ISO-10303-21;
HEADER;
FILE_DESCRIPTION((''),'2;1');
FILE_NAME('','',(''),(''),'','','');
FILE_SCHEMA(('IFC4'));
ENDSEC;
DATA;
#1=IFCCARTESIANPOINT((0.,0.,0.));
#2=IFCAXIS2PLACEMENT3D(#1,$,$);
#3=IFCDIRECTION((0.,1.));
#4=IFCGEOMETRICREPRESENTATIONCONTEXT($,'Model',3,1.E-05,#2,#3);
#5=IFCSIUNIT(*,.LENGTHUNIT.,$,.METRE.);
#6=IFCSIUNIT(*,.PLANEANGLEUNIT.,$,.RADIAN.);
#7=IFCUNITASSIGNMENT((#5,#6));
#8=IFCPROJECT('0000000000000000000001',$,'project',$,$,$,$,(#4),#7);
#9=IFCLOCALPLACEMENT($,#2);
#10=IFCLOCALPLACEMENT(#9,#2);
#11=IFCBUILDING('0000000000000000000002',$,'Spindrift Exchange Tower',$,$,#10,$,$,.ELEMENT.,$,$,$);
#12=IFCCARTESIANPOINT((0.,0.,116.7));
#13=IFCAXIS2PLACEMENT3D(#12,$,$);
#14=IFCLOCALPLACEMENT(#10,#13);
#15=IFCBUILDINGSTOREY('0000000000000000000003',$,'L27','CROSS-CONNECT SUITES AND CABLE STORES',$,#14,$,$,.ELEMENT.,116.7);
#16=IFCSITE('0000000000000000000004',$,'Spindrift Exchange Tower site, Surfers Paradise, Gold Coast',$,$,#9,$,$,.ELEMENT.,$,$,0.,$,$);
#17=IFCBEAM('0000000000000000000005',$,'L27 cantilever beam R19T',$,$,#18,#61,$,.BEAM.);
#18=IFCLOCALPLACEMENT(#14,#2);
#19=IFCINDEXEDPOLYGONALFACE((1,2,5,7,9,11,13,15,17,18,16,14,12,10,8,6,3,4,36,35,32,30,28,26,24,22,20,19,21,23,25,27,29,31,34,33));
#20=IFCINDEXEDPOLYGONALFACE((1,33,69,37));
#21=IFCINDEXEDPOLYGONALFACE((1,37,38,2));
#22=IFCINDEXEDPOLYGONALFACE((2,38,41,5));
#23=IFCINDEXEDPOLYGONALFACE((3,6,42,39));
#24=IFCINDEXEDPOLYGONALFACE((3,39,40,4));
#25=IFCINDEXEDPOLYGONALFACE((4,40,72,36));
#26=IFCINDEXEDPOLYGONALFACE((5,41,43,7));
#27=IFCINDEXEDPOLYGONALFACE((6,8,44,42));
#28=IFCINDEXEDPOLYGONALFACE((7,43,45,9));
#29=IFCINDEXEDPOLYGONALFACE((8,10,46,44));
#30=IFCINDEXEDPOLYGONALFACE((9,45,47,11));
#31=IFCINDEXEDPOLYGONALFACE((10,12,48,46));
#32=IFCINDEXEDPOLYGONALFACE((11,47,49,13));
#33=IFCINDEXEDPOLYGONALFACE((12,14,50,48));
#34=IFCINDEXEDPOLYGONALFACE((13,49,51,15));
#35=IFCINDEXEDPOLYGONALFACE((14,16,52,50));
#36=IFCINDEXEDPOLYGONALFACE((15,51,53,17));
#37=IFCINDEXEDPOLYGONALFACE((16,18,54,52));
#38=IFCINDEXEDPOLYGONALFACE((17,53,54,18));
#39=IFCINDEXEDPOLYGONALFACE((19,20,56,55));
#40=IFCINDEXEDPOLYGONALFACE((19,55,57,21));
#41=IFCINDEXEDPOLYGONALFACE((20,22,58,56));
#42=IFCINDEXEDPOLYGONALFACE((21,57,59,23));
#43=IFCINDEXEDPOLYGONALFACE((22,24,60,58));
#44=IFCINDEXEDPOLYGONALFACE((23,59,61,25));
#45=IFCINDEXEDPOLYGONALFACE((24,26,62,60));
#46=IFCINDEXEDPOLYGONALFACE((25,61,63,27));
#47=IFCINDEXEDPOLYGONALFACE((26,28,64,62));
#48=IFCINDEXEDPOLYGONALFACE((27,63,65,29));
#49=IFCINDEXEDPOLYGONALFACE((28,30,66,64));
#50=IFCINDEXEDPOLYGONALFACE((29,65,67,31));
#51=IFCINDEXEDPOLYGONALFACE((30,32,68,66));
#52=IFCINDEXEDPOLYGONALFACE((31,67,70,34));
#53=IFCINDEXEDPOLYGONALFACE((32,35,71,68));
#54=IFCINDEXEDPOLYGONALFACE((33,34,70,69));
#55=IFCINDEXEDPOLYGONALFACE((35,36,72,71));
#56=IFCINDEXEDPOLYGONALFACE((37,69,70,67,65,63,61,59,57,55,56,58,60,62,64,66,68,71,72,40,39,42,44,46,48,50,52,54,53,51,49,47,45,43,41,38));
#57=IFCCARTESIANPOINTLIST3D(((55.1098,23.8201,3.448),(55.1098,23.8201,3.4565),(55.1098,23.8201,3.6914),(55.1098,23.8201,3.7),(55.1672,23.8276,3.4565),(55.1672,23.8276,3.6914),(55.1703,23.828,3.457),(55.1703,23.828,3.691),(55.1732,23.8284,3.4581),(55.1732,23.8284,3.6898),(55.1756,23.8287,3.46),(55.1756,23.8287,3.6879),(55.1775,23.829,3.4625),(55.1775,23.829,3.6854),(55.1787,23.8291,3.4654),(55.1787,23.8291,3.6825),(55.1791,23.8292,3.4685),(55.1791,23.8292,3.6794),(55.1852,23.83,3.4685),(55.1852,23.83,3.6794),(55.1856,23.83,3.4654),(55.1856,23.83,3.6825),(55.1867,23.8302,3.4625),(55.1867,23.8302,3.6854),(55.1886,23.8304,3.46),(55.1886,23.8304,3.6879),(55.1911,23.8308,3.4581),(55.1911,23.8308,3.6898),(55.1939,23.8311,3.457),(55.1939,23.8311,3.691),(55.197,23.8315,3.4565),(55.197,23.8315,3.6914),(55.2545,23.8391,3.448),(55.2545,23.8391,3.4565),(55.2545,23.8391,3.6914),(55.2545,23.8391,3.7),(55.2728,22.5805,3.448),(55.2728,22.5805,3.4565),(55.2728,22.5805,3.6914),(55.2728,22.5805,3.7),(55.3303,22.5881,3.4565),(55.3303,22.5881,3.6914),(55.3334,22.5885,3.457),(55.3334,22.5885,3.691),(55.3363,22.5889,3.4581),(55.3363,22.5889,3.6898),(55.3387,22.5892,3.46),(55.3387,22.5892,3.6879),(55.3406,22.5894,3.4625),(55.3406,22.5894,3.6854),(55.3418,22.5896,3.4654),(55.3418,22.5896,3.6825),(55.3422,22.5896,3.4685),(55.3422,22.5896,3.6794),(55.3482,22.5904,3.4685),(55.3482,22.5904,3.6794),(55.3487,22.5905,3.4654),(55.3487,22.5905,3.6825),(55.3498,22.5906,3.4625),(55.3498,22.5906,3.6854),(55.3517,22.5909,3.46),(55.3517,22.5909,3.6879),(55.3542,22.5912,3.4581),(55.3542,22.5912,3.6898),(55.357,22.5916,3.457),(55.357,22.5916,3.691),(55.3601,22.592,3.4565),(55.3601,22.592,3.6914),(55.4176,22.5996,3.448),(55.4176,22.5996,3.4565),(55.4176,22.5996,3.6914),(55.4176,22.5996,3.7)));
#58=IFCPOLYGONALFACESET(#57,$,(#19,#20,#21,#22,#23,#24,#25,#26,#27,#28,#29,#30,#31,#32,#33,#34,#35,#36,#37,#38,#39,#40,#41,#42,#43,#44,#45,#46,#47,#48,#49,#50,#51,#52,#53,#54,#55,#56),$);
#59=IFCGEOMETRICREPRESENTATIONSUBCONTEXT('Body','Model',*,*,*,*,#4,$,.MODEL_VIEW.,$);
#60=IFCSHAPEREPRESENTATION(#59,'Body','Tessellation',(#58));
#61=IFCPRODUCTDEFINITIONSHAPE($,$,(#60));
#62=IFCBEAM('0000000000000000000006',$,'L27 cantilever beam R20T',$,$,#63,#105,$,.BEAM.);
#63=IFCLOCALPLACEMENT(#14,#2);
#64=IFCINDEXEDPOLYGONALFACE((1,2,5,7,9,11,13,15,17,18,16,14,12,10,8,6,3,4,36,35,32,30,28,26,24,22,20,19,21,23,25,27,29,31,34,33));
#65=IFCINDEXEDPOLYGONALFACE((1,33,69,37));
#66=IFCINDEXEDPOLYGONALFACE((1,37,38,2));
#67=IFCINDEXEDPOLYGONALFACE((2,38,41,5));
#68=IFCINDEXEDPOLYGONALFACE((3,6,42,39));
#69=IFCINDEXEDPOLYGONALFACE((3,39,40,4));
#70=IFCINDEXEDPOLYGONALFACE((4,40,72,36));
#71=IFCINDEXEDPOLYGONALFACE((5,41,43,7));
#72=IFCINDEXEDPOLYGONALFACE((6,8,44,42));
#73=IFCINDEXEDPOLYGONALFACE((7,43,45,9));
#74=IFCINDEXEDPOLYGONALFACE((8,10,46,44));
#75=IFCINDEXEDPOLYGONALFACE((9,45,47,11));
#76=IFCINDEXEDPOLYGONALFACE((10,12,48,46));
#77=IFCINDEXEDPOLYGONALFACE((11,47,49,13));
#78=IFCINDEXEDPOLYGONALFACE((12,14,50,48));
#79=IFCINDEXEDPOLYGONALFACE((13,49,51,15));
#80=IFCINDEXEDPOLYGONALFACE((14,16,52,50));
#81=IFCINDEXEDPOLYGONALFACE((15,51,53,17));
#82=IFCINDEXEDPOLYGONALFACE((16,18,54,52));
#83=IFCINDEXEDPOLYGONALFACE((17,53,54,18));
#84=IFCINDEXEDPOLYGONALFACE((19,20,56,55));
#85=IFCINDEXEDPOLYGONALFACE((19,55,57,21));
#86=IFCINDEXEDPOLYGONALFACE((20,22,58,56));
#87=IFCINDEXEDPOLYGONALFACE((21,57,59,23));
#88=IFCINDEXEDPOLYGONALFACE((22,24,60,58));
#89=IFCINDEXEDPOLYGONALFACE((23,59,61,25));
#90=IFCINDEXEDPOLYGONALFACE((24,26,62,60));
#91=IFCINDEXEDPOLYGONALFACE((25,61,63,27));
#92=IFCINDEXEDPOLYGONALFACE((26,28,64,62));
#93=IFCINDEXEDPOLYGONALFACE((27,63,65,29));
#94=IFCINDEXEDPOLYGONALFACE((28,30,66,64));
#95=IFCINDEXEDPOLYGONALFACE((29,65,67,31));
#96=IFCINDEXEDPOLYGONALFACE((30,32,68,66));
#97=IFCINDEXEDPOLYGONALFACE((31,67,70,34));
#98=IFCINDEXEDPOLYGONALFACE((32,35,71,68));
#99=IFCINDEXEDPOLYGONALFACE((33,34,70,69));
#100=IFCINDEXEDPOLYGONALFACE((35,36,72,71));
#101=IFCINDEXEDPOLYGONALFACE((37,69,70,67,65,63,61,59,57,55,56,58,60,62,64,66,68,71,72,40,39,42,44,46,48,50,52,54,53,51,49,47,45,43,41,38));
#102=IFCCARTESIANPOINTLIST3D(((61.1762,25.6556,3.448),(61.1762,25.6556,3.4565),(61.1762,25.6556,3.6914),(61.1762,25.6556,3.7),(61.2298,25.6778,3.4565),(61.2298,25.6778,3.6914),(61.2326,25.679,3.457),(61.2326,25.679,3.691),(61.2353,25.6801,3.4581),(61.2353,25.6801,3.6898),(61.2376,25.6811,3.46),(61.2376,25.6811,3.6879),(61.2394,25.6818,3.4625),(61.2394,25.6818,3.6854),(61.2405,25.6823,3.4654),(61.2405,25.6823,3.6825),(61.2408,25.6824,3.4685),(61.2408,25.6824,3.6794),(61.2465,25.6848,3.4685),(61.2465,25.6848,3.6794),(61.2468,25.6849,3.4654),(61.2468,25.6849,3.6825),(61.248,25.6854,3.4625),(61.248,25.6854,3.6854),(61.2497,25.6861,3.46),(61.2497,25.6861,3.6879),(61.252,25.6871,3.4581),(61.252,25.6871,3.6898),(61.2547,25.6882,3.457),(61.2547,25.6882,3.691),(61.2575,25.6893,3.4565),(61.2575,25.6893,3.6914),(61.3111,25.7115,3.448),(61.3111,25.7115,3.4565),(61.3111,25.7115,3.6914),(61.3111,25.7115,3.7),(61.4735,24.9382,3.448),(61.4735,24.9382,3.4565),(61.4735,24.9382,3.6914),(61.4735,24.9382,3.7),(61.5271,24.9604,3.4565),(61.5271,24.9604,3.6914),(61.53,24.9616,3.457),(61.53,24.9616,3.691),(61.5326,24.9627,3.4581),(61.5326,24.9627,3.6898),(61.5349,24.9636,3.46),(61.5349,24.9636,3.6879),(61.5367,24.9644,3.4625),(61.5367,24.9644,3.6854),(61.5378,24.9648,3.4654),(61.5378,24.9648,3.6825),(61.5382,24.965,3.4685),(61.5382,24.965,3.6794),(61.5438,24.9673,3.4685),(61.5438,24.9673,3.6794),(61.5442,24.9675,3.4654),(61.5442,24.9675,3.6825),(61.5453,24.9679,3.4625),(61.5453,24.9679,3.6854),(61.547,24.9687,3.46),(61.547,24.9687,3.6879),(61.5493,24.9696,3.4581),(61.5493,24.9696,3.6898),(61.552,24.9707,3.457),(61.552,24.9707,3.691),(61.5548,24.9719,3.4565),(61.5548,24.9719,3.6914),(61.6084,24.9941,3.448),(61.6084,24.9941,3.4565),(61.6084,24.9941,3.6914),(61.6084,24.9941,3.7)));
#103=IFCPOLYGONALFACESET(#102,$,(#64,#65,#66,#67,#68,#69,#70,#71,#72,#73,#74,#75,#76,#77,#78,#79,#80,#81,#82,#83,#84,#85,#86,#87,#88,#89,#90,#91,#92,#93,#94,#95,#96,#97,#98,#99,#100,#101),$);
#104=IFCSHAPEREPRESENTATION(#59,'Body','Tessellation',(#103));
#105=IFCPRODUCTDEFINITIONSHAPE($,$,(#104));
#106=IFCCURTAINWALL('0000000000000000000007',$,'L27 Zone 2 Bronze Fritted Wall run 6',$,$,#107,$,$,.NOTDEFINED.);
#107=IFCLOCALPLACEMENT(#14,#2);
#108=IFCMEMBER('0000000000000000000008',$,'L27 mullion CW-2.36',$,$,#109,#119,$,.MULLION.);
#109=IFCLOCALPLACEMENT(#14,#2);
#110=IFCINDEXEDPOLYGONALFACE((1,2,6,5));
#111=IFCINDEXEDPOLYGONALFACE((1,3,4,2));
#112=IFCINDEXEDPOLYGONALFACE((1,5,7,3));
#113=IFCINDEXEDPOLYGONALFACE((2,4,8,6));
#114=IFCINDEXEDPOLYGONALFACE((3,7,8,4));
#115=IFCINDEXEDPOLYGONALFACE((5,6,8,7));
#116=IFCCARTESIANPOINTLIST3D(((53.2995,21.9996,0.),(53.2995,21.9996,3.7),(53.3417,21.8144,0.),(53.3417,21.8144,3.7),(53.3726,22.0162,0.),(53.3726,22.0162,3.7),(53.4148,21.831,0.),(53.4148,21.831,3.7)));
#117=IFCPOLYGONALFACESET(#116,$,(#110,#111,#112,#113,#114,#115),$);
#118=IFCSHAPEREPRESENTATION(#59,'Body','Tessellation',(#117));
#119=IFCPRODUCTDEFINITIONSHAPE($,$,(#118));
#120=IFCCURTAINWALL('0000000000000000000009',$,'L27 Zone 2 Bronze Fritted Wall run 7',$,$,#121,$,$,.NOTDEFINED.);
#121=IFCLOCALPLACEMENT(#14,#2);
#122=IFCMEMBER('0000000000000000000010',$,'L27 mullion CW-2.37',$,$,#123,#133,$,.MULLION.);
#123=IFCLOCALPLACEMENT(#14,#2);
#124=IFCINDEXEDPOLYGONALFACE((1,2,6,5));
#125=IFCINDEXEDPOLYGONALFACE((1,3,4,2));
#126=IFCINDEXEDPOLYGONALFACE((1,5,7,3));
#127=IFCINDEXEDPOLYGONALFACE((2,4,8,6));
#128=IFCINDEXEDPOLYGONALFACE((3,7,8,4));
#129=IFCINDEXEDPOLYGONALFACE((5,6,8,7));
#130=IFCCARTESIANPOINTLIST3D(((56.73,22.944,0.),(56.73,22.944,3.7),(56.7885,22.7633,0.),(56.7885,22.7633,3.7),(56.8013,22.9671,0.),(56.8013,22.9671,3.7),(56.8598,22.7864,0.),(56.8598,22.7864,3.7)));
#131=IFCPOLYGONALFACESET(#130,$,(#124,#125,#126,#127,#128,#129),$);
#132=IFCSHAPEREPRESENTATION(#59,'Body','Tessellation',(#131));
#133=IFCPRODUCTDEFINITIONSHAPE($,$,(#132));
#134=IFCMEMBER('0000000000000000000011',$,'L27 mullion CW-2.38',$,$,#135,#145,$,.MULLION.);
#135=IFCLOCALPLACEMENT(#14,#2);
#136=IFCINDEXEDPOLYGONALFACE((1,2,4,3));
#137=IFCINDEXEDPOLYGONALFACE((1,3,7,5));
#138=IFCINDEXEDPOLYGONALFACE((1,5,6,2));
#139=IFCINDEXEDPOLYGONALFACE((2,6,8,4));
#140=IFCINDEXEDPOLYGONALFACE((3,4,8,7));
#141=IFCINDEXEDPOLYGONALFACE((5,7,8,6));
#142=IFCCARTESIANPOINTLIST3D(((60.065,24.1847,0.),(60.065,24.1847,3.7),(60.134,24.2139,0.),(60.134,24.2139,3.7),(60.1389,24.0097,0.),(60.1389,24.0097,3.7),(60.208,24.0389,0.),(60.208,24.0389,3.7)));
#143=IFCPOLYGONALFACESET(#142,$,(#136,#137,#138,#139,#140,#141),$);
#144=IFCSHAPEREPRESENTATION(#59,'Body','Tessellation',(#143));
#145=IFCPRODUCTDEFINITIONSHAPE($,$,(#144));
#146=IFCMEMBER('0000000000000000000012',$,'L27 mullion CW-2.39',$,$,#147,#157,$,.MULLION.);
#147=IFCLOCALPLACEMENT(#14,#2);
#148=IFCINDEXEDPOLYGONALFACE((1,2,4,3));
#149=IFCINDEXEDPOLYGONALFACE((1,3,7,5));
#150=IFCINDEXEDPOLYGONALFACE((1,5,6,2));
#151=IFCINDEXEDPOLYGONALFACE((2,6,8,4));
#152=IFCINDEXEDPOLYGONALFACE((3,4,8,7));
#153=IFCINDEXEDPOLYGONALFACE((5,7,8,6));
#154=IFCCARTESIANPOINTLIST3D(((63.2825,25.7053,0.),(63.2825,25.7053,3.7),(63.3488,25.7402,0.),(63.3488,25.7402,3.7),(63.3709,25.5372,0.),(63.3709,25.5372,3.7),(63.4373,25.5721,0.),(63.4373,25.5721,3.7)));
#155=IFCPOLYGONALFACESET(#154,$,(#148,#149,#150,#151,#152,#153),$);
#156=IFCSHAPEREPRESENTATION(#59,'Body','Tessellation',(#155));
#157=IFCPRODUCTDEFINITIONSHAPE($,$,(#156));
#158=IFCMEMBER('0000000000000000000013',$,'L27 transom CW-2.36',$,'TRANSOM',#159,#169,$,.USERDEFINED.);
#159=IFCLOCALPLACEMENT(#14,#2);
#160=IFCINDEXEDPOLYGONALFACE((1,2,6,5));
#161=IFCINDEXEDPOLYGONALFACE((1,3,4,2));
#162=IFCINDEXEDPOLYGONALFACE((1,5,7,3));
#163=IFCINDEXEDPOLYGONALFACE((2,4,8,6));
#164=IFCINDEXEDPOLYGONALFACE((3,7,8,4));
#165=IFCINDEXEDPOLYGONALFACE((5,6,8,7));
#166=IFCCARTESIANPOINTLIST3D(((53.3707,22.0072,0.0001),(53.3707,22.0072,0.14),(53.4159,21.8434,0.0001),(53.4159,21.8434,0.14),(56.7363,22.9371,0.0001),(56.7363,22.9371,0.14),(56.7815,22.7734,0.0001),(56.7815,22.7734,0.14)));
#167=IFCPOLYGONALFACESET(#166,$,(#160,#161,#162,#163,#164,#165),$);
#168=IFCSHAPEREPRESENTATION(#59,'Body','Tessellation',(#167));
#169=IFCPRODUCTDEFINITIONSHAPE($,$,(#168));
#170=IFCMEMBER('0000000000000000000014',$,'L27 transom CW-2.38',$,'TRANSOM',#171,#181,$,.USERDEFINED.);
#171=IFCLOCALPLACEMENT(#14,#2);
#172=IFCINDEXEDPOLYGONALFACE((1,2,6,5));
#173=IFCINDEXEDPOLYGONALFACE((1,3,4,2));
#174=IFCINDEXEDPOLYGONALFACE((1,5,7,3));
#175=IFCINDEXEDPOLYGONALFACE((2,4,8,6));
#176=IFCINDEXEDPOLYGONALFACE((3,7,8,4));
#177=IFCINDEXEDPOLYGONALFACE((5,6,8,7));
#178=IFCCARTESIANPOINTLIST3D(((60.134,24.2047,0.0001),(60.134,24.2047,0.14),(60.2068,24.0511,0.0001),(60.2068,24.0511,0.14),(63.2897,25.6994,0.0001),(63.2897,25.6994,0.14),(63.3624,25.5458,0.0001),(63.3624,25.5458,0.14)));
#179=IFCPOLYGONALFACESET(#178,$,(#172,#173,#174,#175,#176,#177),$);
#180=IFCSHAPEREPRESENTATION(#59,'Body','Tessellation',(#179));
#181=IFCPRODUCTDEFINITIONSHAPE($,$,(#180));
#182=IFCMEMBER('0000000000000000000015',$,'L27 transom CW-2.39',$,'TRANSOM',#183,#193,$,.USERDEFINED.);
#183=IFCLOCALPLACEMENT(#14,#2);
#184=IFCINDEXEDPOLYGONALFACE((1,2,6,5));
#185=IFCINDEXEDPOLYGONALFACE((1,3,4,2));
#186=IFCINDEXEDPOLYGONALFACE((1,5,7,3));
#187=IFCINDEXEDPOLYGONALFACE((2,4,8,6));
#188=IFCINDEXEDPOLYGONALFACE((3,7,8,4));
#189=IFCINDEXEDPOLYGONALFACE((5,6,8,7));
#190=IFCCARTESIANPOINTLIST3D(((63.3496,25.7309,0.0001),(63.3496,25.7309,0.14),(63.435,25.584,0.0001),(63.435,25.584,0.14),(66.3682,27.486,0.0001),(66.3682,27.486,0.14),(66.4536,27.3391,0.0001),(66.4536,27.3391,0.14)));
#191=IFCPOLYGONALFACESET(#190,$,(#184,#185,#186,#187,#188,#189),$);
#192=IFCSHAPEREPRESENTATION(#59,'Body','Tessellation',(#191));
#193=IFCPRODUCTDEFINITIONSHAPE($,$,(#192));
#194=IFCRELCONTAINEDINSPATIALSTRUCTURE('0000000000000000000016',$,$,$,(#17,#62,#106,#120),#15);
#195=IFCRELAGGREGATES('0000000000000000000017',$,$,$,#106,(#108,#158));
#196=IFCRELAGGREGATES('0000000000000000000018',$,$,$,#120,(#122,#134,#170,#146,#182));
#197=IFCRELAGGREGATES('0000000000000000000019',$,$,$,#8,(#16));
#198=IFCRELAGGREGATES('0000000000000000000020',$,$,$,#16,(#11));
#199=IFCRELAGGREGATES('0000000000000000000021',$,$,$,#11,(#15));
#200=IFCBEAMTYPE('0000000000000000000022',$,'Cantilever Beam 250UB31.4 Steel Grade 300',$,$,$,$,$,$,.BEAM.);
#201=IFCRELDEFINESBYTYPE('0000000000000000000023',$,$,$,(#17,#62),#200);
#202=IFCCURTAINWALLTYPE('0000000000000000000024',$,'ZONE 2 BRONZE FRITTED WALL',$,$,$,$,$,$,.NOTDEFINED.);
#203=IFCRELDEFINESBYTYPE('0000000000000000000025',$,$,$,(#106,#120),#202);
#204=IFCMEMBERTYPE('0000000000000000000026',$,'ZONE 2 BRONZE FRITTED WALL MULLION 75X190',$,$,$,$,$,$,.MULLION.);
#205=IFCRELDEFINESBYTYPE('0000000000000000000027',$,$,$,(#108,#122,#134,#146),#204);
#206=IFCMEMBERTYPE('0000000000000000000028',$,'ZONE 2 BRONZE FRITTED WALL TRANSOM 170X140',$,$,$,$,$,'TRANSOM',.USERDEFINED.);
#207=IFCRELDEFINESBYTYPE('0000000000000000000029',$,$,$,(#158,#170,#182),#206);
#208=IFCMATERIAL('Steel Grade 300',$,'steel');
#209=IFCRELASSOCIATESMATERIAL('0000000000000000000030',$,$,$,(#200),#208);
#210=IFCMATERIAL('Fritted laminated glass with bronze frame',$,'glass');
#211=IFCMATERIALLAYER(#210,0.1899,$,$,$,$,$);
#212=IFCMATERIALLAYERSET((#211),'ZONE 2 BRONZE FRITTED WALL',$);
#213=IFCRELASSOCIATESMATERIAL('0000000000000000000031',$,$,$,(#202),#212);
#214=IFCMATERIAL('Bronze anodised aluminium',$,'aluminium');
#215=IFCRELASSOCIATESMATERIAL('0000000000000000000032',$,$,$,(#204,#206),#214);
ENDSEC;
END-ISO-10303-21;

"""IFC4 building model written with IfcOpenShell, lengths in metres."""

from ifc_helpers import new_model, si_unit, direction, frame, origin, origin_2d, place, context, subcontext, project, spatial, rectangle, i_section, extrude, source, transform, mapped, material, layer, layer_set, material_profile, profile_set, type_object, element, aggregate, save


model = new_model("IFC4")

# Units and contexts
model_context = context("Model", 3, precision=1e-05, world=origin(), true_north=direction((0.0, 1.0)))
body_context = subcontext(model_context, "Body", "Model", "MODEL_VIEW")
ifc_project = project(units=[si_unit("LENGTHUNIT", "METRE"), si_unit("PLANEANGLEUNIT", "RADIAN")], contexts=[model_context])

# Site, building, storey
site_placement = place(None, origin())
site = spatial("IfcSite", under=ifc_project, at=site_placement, Name="Spindrift Exchange Tower site, Surfers Paradise, Gold Coast", CompositionType="ELEMENT", RefElevation=0.0)
building_placement = place(site_placement, origin())
building = spatial("IfcBuilding", under=site, at=building_placement, Name="Spindrift Exchange Tower", CompositionType="ELEMENT")
storey_placement = place(building_placement, frame((0.0, 0.0, 116.7)))
storey = spatial("IfcBuildingStorey", under=building, at=storey_placement, Name="L27", Description="CROSS-CONNECT SUITES AND CABLE STORES", CompositionType="ELEMENT", Elevation=116.7)

# Beams
ifc_material_1 = material(Name="Steel Grade 300", Category="steel")
ifc_material_profile_1 = material_profile(ifc_material_1, i_section(OverallWidth=0.146, OverallDepth=0.252, WebThickness=0.0061, FlangeThickness=0.0085, FilletRadius=0.012, at=origin_2d()), Name="250UB31.4")
ifc_profile_set_1 = profile_set([ifc_material_profile_1], Name="Steel Grade 300")
beam_type_1 = type_object("IfcBeamType", Name="Cantilever Beam 250UB31.4 Steel Grade 300", PredefinedType="BEAM", material=ifc_profile_set_1)
shared_shape_1 = source(origin(), body_context, "Body", "SweptSolid", [
    extrude(i_section(OverallWidth=0.146, OverallDepth=0.252, WebThickness=0.0061, FlangeThickness=0.0085, FilletRadius=0.012, at=origin_2d()), origin(), (0.0, 0.0, 1.0), 1.2502),
])
beam_1_placement = place(storey_placement, frame((55.1821, 23.8296, 3.574), z_axis=(0.130449, -0.991455, 0.0), x_axis=(0.991455, 0.130449, 0.0)))
element("IfcBeam", 1, at=beam_1_placement, inside=storey, type_object=beam_type_1, Name="L27 cantilever beam R19T", PredefinedType="BEAM", context=body_context, shape_type="MappedRepresentation", body=[
    mapped(shared_shape_1, transform((0.0, 0.0, 0.0), scale=1.0)),
])
shared_shape_2 = source(origin(), body_context, "Body", "SweptSolid", [
    extrude(i_section(OverallWidth=0.146, OverallDepth=0.252, WebThickness=0.0061, FlangeThickness=0.0085, FilletRadius=0.012, at=origin_2d()), origin(), (0.0, 0.0, 1.0), 0.7766),
])
beam_2_placement = place(storey_placement, frame((61.2437, 25.6836, 3.574), z_axis=(0.382851, -0.92381, 0.0), x_axis=(0.92381, 0.382851, 0.0)))
element("IfcBeam", 2, at=beam_2_placement, inside=storey, type_object=beam_type_1, Name="L27 cantilever beam R20T", PredefinedType="BEAM", context=body_context, shape_type="MappedRepresentation", body=[
    mapped(shared_shape_2, transform((0.0, 0.0, 0.0), scale=1.0)),
])

# Curtain wall, member
ifc_material_2 = material(Name="Fritted laminated glass with bronze frame", Category="glass")
ifc_layer_1 = layer(ifc_material_2, 0.1899)
ifc_layer_set_1 = layer_set([ifc_layer_1], Name="ZONE 2 BRONZE FRITTED WALL")
curtain_wall_type = type_object("IfcCurtainWallType", Name="ZONE 2 BRONZE FRITTED WALL", PredefinedType="NOTDEFINED", material=ifc_layer_set_1)
curtain_wall_1_placement = place(storey_placement, origin())
curtain_wall_1 = element("IfcCurtainWall", 3, at=curtain_wall_1_placement, inside=storey, type_object=curtain_wall_type, Name="L27 Zone 2 Bronze Fritted Wall run 6", PredefinedType="NOTDEFINED")
ifc_material_3 = material(Name="Bronze anodised aluminium", Category="aluminium")
ifc_material_profile_2 = material_profile(ifc_material_3, rectangle(XDim=0.075, YDim=0.1899, at=origin_2d()), Name="ZONE 2 BRONZE FRITTED WALL MULLION 75X190")
ifc_profile_set_2 = profile_set([ifc_material_profile_2], Name="Bronze anodised aluminium")
member_type_1 = type_object("IfcMemberType", Name="ZONE 2 BRONZE FRITTED WALL MULLION 75X190", PredefinedType="MULLION", material=ifc_profile_set_2)
shared_shape_3 = source(origin(), body_context, "Body", "SweptSolid", [
    extrude(rectangle(XDim=0.075, YDim=0.1899, at=origin_2d()), origin(), (0.0, 0.0, 1.0), 3.7),
])
member_1_placement = place(storey_placement, frame((53.3572, 21.9153, 0.0), z_axis=(0.0, 0.0, 1.0), x_axis=(0.975012, 0.222154, 0.0)))
member_1 = element("IfcMember", 4, at=member_1_placement, type_object=member_type_1, Name="L27 mullion CW-2.36", PredefinedType="MULLION", context=body_context, shape_type="MappedRepresentation", body=[
    mapped(shared_shape_3, transform((0.0, 0.0, 0.0), scale=1.0)),
])

# Curtain wall, members
curtain_wall_2_placement = place(storey_placement, origin())
curtain_wall_2 = element("IfcCurtainWall", 5, at=curtain_wall_2_placement, inside=storey, type_object=curtain_wall_type, Name="L27 Zone 2 Bronze Fritted Wall run 7", PredefinedType="NOTDEFINED")
member_2_placement = place(storey_placement, frame((56.7949, 22.8652, 0.0), z_axis=(0.0, 0.0, 1.0), x_axis=(0.951314, 0.308222, 0.0)))
member_2 = element("IfcMember", 6, at=member_2_placement, type_object=member_type_1, Name="L27 mullion CW-2.37", PredefinedType="MULLION", context=body_context, shape_type="MappedRepresentation", body=[
    mapped(shared_shape_3, transform((0.0, 0.0, 0.0), scale=1.0)),
])
member_3_placement = place(storey_placement, frame((60.1365, 24.1118, 0.0), z_axis=(0.0, 0.0, 1.0), x_axis=(0.921174, 0.389152, 0.0)))
member_3 = element("IfcMember", 7, at=member_3_placement, type_object=member_type_1, Name="L27 mullion CW-2.38", PredefinedType="MULLION", context=body_context, shape_type="MappedRepresentation", body=[
    mapped(shared_shape_3, transform((0.0, 0.0, 0.0), scale=1.0)),
])
member_4_placement = place(storey_placement, frame((63.3599, 25.6387, 0.0), z_axis=(0.0, 0.0, 1.0), x_axis=(0.884911, 0.465761, 0.0)))
member_4 = element("IfcMember", 8, at=member_4_placement, type_object=member_type_1, Name="L27 mullion CW-2.39", PredefinedType="MULLION", context=body_context, shape_type="MappedRepresentation", body=[
    mapped(shared_shape_3, transform((0.0, 0.0, 0.0), scale=1.0)),
])

# Members
ifc_material_profile_3 = material_profile(ifc_material_3, rectangle(XDim=0.1699, YDim=0.1399, at=origin_2d()), Name="ZONE 2 BRONZE FRITTED WALL TRANSOM 170X140")
ifc_profile_set_3 = profile_set([ifc_material_profile_3], Name="Bronze anodised aluminium")
member_type_2 = type_object("IfcMemberType", Name="ZONE 2 BRONZE FRITTED WALL TRANSOM 170X140", ElementType="TRANSOM", PredefinedType="USERDEFINED", material=ifc_profile_set_3)
shared_shape_4 = source(origin(), body_context, "Body", "SweptSolid", [
    extrude(rectangle(XDim=0.1699, YDim=0.1399, at=origin_2d()), origin(), (0.0, 0.0, 1.0), 3.4917),
])
member_5_placement = place(storey_placement, frame((53.3933, 21.9253, 0.0701), z_axis=(0.963881, 0.266335, 0.0), x_axis=(-0.266335, 0.963881, 0.0)))
member_5 = element("IfcMember", 9, at=member_5_placement, type_object=member_type_2, Name="L27 transom CW-2.36", ObjectType="TRANSOM", PredefinedType="USERDEFINED", context=body_context, shape_type="MappedRepresentation", body=[
    mapped(shared_shape_4, transform((0.0, 0.0, 0.0), scale=1.0)),
])
member_6_placement = place(storey_placement, frame((60.1704, 24.1279, 0.0701), z_axis=(0.903748, 0.428065, 0.0), x_axis=(-0.428065, 0.903748, 0.0)))
member_6 = element("IfcMember", 10, at=member_6_placement, type_object=member_type_2, Name="L27 transom CW-2.38", ObjectType="TRANSOM", PredefinedType="USERDEFINED", context=body_context, shape_type="MappedRepresentation", body=[
    mapped(shared_shape_4, transform((0.0, 0.0, 0.0), scale=1.0)),
])
member_7_placement = place(storey_placement, frame((63.3923, 25.6575, 0.0701), z_axis=(0.864488, 0.502653, 0.0), x_axis=(-0.502653, 0.864488, 0.0)))
member_7 = element("IfcMember", 11, at=member_7_placement, type_object=member_type_2, Name="L27 transom CW-2.39", ObjectType="TRANSOM", PredefinedType="USERDEFINED", context=body_context, shape_type="MappedRepresentation", body=[
    mapped(shared_shape_4, transform((0.0, 0.0, 0.0), scale=1.0)),
])

aggregate(curtain_wall_1, [member_1, member_5])
aggregate(curtain_wall_2, [member_2, member_3, member_6, member_4, member_7])

save(model, "model.ifc")
